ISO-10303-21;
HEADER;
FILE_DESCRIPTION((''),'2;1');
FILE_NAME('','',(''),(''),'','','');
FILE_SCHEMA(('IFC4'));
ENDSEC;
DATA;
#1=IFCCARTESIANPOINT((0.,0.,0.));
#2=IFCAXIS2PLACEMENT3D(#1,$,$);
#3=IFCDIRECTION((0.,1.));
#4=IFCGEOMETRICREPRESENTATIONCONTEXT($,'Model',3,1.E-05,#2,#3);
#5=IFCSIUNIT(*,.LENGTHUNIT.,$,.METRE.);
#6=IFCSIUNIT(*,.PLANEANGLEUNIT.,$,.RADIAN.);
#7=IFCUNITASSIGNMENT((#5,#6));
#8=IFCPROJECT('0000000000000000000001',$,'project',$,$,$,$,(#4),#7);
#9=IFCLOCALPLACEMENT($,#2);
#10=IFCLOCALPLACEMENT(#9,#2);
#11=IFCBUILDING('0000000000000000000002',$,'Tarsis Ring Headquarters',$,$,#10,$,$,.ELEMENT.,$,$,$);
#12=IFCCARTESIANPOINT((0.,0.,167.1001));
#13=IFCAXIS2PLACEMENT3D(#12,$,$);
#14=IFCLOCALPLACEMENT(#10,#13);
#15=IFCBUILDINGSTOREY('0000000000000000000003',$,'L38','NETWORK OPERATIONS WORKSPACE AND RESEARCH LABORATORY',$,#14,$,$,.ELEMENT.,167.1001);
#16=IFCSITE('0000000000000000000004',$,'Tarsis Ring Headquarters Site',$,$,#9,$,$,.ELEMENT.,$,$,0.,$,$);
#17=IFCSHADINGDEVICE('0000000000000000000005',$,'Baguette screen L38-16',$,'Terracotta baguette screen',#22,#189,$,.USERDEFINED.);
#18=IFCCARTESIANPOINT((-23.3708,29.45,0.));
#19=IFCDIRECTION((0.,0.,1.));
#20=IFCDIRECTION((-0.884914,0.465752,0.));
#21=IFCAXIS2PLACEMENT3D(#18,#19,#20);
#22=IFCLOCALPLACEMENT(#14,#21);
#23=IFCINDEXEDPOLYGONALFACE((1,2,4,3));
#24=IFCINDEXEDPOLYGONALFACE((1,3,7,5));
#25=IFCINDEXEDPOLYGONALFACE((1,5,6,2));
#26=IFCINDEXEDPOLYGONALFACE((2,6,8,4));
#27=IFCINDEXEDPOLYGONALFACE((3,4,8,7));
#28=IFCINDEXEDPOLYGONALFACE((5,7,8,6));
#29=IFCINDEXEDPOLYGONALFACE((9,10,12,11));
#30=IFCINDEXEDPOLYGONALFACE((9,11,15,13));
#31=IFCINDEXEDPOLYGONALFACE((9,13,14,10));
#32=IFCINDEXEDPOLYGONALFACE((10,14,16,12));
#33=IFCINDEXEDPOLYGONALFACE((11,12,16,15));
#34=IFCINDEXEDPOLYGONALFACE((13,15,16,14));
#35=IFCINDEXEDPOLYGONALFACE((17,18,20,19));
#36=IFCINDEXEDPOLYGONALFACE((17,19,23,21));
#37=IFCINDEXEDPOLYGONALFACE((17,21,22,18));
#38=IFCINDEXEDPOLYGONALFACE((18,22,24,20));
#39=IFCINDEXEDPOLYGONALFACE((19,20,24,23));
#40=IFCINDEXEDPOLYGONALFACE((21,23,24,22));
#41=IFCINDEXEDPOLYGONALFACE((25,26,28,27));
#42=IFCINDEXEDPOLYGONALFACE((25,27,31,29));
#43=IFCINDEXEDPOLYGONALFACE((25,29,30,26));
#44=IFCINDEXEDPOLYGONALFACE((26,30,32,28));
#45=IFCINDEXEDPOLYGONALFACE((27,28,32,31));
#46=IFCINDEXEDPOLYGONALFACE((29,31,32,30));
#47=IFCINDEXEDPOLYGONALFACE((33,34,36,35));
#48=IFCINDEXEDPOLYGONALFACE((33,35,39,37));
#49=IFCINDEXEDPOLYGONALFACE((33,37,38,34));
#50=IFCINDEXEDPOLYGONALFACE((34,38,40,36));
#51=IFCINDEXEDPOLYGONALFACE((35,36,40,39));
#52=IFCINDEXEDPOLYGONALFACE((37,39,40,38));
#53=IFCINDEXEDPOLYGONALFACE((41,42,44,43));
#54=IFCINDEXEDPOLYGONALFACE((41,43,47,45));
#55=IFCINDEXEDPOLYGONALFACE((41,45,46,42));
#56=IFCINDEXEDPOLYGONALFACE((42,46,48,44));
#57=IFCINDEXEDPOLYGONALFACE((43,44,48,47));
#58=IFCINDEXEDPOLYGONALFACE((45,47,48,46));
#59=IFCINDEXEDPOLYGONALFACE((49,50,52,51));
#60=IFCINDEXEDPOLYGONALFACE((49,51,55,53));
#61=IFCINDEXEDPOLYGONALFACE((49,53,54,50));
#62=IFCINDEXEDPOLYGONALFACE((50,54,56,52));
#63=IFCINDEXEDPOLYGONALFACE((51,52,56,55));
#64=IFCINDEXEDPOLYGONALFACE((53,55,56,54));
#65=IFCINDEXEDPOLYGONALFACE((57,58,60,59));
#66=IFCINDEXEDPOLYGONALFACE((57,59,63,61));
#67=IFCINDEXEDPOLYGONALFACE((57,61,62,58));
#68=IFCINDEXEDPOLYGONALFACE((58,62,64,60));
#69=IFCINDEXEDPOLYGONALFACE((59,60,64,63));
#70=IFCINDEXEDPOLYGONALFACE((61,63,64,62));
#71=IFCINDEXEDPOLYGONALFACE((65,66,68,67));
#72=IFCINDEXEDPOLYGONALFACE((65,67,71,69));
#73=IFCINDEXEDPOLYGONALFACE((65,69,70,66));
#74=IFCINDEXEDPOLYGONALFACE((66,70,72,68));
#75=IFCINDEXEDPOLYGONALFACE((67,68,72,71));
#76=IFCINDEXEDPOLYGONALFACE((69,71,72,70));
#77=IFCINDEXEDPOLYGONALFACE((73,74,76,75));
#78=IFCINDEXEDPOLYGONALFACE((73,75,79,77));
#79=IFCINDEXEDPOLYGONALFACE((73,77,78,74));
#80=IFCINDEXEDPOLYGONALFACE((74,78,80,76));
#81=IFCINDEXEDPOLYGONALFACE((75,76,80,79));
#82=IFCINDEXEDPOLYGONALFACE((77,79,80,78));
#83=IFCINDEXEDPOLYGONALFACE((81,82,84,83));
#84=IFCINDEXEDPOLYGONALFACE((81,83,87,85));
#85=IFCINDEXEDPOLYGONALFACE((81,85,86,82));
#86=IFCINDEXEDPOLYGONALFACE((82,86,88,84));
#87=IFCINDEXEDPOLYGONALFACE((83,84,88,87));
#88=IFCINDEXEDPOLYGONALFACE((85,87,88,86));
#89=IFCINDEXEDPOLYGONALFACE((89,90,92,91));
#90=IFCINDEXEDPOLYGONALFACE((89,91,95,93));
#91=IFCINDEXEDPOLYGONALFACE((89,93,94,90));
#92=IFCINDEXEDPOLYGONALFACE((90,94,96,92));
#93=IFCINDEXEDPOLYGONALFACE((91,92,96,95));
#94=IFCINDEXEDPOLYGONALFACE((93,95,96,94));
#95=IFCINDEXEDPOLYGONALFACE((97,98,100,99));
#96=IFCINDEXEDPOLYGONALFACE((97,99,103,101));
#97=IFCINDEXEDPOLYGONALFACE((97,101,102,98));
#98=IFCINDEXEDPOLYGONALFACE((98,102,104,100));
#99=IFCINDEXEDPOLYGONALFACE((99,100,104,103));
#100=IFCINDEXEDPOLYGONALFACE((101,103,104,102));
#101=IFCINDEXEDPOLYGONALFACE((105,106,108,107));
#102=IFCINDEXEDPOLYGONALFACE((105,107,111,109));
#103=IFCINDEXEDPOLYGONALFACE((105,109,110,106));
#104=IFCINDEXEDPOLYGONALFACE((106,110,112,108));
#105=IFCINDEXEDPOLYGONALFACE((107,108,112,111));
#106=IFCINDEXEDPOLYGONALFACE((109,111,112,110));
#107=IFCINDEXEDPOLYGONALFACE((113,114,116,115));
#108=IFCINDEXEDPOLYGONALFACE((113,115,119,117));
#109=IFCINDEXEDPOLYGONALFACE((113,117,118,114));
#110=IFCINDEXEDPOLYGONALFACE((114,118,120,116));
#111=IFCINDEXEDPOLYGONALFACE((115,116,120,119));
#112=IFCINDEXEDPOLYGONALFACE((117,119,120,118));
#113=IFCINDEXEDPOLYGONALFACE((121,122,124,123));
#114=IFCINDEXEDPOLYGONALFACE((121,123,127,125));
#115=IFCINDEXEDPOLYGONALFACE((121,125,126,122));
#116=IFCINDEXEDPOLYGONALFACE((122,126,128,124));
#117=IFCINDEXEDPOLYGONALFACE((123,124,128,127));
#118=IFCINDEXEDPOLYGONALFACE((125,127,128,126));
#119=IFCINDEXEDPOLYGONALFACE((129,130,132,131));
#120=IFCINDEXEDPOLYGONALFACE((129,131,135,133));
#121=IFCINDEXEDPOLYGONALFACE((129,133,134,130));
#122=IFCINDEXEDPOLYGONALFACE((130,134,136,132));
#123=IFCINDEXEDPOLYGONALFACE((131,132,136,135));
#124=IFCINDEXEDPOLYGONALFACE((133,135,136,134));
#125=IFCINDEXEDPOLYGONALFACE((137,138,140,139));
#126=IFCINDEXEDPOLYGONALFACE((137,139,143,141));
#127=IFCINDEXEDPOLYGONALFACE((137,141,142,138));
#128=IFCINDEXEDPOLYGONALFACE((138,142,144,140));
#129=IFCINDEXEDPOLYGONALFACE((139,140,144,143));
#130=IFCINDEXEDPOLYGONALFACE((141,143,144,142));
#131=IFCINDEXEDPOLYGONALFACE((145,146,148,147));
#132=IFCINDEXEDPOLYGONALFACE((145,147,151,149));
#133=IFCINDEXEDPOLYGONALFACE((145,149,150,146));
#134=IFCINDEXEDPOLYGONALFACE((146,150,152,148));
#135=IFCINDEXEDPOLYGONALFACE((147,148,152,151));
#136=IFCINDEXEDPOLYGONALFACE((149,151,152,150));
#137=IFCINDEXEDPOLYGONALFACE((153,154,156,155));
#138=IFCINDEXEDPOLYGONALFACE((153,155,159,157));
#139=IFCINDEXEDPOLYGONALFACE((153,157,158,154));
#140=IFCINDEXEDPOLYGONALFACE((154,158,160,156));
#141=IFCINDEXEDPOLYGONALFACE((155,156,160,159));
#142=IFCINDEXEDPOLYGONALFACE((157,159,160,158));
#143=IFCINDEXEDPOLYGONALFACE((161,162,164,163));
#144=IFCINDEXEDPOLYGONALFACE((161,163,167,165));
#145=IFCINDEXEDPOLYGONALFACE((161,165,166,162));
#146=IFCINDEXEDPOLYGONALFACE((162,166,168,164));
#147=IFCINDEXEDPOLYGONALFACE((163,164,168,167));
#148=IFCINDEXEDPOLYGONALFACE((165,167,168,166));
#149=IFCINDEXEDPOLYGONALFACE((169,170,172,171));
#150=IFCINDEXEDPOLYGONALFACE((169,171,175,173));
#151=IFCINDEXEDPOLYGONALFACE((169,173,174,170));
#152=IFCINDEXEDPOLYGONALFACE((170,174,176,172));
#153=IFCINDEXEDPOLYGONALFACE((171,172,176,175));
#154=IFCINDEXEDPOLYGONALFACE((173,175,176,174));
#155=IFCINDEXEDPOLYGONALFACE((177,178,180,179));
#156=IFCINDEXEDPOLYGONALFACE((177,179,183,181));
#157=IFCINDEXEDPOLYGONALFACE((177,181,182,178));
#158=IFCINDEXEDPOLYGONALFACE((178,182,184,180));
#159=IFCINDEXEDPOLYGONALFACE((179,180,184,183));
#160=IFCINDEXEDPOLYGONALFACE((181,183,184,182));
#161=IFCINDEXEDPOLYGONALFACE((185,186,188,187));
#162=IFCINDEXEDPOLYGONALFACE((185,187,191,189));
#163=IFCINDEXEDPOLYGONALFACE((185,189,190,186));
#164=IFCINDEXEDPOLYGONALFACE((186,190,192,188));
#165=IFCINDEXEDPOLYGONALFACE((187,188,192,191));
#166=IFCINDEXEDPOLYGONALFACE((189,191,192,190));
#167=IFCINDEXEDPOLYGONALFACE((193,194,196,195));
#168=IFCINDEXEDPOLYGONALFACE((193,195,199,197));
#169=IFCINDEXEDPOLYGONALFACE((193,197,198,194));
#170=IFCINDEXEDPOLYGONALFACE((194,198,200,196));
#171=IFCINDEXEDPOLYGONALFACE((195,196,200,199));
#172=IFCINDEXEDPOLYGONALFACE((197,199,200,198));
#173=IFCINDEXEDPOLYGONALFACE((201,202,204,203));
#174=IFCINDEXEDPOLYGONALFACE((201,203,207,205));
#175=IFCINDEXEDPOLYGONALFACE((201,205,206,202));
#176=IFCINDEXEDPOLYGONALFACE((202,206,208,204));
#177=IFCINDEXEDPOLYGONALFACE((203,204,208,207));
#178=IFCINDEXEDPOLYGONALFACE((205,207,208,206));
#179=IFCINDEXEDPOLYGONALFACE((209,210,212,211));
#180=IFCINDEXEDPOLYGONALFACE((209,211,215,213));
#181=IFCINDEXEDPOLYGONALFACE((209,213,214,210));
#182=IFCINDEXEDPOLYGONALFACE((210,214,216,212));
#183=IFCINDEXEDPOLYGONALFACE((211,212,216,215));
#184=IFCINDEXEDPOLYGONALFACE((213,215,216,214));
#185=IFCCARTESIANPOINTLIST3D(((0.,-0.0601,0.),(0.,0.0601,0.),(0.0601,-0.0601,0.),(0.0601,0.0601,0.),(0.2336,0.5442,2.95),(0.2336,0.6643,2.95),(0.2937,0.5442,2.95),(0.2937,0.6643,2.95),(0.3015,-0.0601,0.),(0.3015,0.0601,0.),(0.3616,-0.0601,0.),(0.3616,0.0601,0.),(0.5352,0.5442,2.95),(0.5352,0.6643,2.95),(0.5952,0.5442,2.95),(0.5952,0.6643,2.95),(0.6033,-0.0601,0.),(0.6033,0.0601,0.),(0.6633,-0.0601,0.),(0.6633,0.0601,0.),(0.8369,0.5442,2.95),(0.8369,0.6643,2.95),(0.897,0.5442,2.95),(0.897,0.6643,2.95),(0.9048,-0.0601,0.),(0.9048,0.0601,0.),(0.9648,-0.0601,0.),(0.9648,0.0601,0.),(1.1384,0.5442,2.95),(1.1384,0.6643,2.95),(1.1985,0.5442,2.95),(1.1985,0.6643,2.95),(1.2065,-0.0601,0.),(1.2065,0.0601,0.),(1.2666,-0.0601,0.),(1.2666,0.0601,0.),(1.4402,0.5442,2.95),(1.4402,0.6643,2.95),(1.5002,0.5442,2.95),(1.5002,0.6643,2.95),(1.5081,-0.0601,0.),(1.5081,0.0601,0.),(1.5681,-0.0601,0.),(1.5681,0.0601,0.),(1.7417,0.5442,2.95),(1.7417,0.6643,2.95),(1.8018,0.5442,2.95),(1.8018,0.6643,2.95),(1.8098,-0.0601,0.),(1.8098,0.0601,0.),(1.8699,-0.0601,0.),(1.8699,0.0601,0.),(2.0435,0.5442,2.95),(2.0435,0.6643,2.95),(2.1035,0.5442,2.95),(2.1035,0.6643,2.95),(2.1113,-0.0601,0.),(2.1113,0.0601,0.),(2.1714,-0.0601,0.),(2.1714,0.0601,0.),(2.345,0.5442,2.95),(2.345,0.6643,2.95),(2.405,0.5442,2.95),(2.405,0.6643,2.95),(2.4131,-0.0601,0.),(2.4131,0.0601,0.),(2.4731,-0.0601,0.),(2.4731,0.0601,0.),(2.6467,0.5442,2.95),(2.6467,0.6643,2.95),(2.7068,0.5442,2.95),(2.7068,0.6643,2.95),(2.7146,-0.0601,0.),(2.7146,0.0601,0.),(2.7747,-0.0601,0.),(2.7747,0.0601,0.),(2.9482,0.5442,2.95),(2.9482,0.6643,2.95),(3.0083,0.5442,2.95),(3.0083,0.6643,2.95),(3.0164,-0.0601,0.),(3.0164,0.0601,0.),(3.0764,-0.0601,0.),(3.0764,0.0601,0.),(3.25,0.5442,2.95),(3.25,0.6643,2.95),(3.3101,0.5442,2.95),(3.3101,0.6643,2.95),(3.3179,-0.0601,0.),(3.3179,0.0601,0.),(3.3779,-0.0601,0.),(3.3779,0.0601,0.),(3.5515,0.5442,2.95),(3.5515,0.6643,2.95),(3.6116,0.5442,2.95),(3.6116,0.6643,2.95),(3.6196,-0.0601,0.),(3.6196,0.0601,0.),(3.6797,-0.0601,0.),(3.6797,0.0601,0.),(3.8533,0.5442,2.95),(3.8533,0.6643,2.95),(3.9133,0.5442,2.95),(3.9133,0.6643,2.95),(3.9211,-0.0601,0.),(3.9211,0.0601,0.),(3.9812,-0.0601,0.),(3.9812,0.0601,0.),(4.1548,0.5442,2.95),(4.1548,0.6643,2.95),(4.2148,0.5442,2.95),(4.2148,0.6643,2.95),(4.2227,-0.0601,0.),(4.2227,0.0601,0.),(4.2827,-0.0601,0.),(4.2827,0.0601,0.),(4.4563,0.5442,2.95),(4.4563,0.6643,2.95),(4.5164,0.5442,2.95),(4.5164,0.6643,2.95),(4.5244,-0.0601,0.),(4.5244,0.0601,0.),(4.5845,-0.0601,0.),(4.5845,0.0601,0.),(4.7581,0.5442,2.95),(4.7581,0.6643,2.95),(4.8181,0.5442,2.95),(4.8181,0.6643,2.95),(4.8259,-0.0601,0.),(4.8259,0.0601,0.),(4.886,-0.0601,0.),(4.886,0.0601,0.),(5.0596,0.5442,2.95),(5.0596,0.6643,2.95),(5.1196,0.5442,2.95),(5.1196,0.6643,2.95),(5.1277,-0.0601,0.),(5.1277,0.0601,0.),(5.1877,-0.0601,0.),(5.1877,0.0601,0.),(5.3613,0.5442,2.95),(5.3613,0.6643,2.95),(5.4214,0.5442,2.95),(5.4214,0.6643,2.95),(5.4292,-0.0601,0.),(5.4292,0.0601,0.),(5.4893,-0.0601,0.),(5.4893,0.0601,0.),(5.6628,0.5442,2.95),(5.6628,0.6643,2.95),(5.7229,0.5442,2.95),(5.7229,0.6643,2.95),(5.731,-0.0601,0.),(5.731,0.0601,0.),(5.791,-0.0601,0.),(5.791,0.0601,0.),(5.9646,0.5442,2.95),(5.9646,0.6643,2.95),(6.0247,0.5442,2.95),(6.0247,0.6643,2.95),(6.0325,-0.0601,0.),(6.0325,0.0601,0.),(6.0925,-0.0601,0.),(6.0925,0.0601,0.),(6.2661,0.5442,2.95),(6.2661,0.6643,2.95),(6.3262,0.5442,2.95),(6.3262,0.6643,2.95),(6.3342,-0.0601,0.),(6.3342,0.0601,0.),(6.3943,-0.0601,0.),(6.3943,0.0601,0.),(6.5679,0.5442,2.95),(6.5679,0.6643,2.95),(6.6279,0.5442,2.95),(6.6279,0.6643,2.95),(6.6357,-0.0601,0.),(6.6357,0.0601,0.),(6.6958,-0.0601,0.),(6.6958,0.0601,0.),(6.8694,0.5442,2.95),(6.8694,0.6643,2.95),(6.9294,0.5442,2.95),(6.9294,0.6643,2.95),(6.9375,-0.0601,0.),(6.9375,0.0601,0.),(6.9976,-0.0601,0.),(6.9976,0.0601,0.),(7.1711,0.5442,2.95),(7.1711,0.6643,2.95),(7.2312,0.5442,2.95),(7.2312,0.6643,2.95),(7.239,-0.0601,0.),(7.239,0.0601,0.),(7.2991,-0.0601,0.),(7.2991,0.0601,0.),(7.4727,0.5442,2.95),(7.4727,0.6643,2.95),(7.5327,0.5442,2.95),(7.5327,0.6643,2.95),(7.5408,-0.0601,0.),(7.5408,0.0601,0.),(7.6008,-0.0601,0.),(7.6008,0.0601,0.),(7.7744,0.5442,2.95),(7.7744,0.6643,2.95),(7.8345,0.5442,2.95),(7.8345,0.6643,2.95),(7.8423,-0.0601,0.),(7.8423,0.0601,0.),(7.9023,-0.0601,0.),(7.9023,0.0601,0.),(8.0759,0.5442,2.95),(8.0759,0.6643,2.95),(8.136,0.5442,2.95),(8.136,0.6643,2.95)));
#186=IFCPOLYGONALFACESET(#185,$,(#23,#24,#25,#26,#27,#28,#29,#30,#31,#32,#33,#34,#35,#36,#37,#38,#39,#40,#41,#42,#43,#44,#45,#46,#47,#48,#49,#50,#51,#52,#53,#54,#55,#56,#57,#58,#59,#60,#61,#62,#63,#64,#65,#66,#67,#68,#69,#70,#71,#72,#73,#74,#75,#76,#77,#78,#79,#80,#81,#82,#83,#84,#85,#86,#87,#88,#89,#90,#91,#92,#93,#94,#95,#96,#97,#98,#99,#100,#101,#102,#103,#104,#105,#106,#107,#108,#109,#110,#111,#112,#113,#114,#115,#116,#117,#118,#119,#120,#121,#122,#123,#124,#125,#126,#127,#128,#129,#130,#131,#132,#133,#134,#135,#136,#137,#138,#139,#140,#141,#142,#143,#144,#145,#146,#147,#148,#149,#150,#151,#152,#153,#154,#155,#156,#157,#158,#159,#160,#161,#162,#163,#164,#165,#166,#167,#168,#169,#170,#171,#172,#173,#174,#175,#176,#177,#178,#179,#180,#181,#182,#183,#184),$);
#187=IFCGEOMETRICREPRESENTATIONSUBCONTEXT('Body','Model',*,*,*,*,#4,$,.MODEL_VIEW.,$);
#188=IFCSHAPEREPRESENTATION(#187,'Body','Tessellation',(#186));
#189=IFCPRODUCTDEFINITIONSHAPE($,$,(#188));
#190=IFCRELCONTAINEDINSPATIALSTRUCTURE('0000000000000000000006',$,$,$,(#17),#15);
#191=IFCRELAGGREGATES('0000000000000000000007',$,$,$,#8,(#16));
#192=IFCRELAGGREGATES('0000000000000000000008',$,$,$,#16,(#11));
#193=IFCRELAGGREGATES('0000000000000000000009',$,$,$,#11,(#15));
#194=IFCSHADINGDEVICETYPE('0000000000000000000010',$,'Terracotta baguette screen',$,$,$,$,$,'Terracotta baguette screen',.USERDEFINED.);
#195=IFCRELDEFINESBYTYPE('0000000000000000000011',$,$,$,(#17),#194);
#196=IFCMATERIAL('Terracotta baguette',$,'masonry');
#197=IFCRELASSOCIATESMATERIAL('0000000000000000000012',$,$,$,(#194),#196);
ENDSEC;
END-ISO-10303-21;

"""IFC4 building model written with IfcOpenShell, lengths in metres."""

from ifc_helpers import new_model, si_unit, direction, frame, frame_2d, origin, place, context, subcontext, project, spatial, rectangle, composite_profile, extrude, material, type_object, element, save


model = new_model("IFC4")

# Units and contexts
model_context = context("Model", 3, precision=1e-05, world=origin(), true_north=direction((0.0, 1.0)))
body_context = subcontext(model_context, "Body", "Model", "MODEL_VIEW")
ifc_project = project(units=[si_unit("LENGTHUNIT", "METRE"), si_unit("PLANEANGLEUNIT", "RADIAN")], contexts=[model_context])

# Site, building, storey
site_placement = place(None, origin())
site = spatial("IfcSite", under=ifc_project, at=site_placement, Name="Tarsis Ring Headquarters Site", CompositionType="ELEMENT", RefElevation=0.0)
building_placement = place(site_placement, origin())
building = spatial("IfcBuilding", under=site, at=building_placement, Name="Tarsis Ring Headquarters", CompositionType="ELEMENT")
storey_placement = place(building_placement, frame((0.0, 0.0, 167.1001)))
storey = spatial("IfcBuildingStorey", under=building, at=storey_placement, Name="L38", Description="NETWORK OPERATIONS WORKSPACE AND RESEARCH LABORATORY", CompositionType="ELEMENT", Elevation=167.1001)

# Shading device
ifc_material_1 = material(Name="Terracotta baguette", Category="masonry")
shading_device_type_1 = type_object("IfcShadingDeviceType", Name="Terracotta baguette screen", ElementType="Terracotta baguette screen", PredefinedType="USERDEFINED", material=ifc_material_1)
shading_device_placement = place(storey_placement, frame((-23.3708, 29.45, 0.0), z_axis=(0.0, 0.0, 1.0), x_axis=(-0.884914, 0.465752, 0.0)))
element("IfcShadingDevice", 1, at=shading_device_placement, inside=storey, type_object=shading_device_type_1, Name="Baguette screen L38-16", ObjectType="Terracotta baguette screen", PredefinedType="USERDEFINED", context=body_context, shape_type="SweptSolid", body=[
    extrude(composite_profile([rectangle(XDim=0.0601, YDim=0.1201, at=frame_2d((0.03, 0.0))), rectangle(XDim=0.0601, YDim=0.1201, at=frame_2d((0.3315, 0.0))), rectangle(XDim=0.0601, YDim=0.1201, at=frame_2d((0.6333, 0.0))), rectangle(XDim=0.0601, YDim=0.1201, at=frame_2d((0.9348, 0.0))), rectangle(XDim=0.0601, YDim=0.1201, at=frame_2d((1.2366, 0.0))), rectangle(XDim=0.0601, YDim=0.1201, at=frame_2d((1.5381, 0.0))), rectangle(XDim=0.0601, YDim=0.1201, at=frame_2d((1.8398, 0.0))), rectangle(XDim=0.0601, YDim=0.1201, at=frame_2d((2.1414, 0.0))), rectangle(XDim=0.0601, YDim=0.1201, at=frame_2d((2.4431, 0.0))), rectangle(XDim=0.0601, YDim=0.1201, at=frame_2d((2.7446, 0.0))), rectangle(XDim=0.0601, YDim=0.1201, at=frame_2d((3.0464, 0.0))), rectangle(XDim=0.0601, YDim=0.1201, at=frame_2d((3.3479, 0.0))), rectangle(XDim=0.0601, YDim=0.1201, at=frame_2d((3.6497, 0.0))), rectangle(XDim=0.0601, YDim=0.1201, at=frame_2d((3.9512, 0.0))), rectangle(XDim=0.0601, YDim=0.1201, at=frame_2d((4.2527, 0.0))), rectangle(XDim=0.0601, YDim=0.1201, at=frame_2d((4.5544, 0.0))), rectangle(XDim=0.0601, YDim=0.1201, at=frame_2d((4.856, 0.0))), rectangle(XDim=0.0601, YDim=0.1201, at=frame_2d((5.1577, 0.0))), rectangle(XDim=0.0601, YDim=0.1201, at=frame_2d((5.4592, 0.0))), rectangle(XDim=0.0601, YDim=0.1201, at=frame_2d((5.761, 0.0))), rectangle(XDim=0.0601, YDim=0.1201, at=frame_2d((6.0625, 0.0))), rectangle(XDim=0.0601, YDim=0.1201, at=frame_2d((6.3643, 0.0))), rectangle(XDim=0.0601, YDim=0.1201, at=frame_2d((6.6658, 0.0))), rectangle(XDim=0.0601, YDim=0.1201, at=frame_2d((6.9675, 0.0))), rectangle(XDim=0.0601, YDim=0.1201, at=frame_2d((7.269, 0.0))), rectangle(XDim=0.0601, YDim=0.1201, at=frame_2d((7.5708, 0.0))), rectangle(XDim=0.0601, YDim=0.1201, at=frame_2d((7.8723, 0.0)))]), origin(), (0.077357, 0.200058, 0.976725), 3.0203),
])

save(model, "model.ifc")
